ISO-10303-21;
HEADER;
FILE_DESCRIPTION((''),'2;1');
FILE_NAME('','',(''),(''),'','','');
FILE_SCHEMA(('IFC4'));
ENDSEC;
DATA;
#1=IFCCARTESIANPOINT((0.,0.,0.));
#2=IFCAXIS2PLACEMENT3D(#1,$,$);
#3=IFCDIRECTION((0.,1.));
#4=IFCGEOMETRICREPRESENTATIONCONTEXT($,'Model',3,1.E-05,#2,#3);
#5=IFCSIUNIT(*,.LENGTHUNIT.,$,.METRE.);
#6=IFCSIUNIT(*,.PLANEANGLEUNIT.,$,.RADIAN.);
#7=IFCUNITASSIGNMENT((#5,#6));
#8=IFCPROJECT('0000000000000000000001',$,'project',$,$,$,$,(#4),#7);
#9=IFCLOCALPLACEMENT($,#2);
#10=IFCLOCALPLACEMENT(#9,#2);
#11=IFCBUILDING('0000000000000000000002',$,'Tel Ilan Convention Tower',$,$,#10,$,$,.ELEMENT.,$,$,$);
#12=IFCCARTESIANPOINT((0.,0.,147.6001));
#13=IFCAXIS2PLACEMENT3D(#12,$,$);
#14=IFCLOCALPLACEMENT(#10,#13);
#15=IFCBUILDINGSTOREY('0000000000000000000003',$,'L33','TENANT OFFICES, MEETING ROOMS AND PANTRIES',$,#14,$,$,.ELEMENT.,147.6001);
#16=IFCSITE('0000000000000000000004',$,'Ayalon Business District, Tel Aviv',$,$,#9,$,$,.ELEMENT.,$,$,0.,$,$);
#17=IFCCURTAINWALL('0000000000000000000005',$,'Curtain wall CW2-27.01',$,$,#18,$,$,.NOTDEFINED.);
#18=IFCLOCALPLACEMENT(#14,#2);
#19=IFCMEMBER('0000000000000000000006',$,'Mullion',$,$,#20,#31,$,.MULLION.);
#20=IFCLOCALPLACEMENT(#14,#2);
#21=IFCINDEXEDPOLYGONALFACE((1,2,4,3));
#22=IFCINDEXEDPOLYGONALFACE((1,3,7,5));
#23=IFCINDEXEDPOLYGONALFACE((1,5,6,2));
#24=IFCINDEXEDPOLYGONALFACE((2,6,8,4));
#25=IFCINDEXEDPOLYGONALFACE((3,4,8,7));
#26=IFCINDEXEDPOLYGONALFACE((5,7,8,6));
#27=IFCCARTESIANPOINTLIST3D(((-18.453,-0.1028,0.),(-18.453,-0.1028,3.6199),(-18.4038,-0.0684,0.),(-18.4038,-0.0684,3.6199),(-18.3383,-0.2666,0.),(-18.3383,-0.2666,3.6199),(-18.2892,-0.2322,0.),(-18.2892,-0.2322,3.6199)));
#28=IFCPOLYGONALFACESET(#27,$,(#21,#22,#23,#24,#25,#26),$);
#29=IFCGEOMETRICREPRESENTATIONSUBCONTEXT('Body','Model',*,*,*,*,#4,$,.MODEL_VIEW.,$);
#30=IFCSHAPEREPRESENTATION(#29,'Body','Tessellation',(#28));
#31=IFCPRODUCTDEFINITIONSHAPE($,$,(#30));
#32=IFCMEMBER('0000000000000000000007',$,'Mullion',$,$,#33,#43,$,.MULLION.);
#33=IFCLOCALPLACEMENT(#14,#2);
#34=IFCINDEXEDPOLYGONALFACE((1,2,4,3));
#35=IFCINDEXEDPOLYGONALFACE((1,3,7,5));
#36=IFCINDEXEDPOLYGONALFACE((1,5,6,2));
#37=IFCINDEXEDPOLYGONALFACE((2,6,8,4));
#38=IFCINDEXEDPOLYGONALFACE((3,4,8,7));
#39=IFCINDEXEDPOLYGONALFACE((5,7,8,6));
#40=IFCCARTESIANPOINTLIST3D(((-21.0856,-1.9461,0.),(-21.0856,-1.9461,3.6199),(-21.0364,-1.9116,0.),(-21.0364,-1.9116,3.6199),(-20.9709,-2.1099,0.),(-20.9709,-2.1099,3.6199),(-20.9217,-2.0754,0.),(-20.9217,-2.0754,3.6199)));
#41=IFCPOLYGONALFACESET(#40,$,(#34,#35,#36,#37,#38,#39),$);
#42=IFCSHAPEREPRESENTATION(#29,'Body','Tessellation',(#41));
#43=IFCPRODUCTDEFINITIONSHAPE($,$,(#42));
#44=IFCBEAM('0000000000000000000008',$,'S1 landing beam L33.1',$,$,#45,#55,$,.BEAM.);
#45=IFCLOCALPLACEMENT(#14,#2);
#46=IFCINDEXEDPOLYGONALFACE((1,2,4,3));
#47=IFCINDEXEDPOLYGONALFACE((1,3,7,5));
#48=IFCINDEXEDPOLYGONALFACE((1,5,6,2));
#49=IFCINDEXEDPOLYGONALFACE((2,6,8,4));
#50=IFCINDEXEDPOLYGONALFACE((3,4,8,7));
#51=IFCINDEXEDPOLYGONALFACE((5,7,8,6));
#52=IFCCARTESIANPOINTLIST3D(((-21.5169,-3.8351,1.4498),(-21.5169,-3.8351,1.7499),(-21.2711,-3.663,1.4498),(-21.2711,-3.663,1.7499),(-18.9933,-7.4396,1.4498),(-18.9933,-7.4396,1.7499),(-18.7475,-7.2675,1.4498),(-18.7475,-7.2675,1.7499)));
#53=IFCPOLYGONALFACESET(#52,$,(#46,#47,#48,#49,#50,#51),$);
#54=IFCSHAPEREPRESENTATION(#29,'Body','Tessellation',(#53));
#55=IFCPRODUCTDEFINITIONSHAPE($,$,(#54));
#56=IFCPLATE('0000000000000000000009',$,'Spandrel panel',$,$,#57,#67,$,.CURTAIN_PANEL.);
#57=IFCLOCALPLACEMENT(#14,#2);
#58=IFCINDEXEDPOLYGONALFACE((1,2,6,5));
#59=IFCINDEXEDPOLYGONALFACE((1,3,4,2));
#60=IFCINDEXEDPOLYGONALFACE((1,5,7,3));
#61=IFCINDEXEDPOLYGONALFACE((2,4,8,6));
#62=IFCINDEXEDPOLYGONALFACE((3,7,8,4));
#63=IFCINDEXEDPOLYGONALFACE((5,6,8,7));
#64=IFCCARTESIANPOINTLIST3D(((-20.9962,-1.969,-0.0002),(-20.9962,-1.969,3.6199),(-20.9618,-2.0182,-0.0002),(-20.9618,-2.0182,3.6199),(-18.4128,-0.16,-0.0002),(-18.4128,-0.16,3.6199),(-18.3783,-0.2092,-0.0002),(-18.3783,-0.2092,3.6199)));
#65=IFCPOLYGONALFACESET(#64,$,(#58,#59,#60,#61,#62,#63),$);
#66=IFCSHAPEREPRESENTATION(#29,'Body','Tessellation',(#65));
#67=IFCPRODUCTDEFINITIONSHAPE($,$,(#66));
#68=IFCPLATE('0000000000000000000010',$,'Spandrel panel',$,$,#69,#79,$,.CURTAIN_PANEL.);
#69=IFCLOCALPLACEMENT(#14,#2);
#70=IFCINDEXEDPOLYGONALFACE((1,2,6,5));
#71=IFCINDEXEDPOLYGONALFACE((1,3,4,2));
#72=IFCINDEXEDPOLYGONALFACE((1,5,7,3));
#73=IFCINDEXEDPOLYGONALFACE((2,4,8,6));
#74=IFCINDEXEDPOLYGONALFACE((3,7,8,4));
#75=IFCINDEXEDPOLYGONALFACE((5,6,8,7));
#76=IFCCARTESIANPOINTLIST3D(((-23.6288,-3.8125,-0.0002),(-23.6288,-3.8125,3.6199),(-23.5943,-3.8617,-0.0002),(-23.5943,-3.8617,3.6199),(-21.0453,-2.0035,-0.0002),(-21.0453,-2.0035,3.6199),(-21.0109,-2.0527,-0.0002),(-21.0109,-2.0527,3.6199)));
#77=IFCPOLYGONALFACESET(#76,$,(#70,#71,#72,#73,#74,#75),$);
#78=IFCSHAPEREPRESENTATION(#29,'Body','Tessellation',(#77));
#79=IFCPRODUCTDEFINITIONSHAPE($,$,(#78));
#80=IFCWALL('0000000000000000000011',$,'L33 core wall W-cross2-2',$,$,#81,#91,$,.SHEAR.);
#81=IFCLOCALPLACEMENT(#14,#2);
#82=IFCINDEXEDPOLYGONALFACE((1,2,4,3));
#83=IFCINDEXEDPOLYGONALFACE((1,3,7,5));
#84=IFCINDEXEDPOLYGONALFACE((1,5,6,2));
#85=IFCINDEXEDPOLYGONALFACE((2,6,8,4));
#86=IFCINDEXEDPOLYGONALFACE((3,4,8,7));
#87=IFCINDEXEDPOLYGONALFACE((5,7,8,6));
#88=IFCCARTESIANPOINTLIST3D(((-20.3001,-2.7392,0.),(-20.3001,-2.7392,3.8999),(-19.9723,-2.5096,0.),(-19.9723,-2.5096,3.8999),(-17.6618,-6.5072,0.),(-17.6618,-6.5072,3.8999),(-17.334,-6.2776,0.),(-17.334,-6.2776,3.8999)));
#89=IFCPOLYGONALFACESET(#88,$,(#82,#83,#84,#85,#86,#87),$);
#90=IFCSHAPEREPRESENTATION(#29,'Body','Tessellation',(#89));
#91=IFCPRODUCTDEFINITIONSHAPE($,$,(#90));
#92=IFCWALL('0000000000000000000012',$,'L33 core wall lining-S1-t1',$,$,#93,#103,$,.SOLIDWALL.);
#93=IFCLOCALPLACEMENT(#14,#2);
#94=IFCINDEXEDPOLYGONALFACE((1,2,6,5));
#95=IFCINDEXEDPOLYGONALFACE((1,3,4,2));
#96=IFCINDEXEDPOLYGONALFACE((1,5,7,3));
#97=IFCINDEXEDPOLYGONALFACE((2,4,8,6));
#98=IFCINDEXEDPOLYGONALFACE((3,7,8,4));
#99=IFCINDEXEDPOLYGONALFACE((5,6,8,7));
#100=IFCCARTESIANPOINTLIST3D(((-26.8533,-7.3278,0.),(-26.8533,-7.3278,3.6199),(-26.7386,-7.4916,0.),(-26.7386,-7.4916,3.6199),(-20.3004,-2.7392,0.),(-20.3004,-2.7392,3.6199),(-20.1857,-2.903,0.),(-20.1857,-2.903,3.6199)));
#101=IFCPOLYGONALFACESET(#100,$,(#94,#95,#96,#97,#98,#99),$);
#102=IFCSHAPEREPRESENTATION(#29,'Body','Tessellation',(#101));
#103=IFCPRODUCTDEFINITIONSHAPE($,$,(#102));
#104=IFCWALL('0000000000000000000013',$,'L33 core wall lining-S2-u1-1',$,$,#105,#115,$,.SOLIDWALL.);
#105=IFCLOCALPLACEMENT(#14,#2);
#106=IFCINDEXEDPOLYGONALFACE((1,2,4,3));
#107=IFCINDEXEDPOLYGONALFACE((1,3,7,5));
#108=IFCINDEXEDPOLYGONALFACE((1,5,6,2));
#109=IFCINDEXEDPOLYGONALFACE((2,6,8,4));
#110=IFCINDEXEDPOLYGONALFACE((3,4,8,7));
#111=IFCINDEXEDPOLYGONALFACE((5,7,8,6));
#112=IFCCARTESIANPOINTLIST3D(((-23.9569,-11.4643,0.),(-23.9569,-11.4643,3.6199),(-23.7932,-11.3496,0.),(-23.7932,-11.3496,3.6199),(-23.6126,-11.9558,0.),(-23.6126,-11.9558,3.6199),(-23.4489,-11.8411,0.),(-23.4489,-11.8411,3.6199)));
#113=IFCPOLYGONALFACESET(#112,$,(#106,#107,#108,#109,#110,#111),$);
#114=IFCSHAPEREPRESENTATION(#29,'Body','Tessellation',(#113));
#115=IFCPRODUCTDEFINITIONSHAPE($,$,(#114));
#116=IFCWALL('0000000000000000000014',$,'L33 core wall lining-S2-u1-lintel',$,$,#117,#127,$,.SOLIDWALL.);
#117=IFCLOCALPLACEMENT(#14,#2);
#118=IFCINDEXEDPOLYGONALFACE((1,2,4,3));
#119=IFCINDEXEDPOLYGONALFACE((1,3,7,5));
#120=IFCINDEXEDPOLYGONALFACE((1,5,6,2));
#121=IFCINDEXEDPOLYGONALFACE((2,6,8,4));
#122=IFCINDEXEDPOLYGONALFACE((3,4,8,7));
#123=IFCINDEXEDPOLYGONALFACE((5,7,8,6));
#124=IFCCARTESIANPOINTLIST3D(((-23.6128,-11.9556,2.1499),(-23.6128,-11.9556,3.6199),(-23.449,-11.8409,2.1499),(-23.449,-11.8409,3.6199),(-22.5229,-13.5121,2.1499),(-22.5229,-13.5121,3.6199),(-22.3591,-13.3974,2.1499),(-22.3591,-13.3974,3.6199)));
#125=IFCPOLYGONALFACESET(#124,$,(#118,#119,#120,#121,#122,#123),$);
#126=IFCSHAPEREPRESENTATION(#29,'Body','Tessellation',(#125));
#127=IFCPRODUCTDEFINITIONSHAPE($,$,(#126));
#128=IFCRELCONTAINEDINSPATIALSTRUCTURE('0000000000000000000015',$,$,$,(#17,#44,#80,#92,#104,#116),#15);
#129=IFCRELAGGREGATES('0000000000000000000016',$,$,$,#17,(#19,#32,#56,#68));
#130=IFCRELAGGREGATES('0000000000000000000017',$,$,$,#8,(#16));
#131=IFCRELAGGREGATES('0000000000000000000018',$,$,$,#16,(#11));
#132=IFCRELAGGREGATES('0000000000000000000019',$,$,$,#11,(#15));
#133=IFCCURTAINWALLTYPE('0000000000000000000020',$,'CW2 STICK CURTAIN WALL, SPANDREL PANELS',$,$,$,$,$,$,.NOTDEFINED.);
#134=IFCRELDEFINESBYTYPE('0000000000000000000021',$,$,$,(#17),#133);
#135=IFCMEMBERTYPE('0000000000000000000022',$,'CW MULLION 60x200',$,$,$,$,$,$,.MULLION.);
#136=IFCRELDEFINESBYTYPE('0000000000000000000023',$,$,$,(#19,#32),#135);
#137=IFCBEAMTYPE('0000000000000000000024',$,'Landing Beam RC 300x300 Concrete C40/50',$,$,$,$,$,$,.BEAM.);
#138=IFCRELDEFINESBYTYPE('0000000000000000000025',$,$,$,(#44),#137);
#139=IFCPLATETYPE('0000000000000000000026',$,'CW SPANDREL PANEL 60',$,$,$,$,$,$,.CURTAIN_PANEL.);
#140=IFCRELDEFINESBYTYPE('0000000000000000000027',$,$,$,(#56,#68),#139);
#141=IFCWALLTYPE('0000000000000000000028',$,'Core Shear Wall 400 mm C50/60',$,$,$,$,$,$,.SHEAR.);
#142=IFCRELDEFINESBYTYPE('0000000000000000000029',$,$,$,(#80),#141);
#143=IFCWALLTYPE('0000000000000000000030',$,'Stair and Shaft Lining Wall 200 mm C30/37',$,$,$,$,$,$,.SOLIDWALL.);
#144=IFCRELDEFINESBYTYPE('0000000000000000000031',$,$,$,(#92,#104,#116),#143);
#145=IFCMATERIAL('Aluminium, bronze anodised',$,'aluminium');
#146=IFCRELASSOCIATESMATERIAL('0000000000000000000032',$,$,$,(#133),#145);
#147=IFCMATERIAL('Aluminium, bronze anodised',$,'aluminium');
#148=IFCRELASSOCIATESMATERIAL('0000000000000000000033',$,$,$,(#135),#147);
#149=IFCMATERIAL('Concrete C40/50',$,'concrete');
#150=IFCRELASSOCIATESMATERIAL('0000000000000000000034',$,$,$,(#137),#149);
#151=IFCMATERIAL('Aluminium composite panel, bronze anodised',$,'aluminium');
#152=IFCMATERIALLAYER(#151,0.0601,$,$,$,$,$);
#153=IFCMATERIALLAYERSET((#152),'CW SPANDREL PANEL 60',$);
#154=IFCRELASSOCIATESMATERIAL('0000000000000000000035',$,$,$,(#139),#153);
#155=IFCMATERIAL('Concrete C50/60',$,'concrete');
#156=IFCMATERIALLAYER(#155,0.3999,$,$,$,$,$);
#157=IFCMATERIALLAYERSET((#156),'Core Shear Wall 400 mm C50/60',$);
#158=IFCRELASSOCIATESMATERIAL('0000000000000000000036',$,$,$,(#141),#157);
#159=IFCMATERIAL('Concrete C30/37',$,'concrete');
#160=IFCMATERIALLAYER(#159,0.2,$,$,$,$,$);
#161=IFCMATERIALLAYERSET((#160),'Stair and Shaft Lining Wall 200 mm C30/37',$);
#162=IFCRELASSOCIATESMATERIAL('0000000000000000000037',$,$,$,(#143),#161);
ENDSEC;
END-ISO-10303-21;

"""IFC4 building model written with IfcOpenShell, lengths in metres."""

from ifc_helpers import new_model, si_unit, direction, frame, frame_2d, origin, origin_2d, place, context, subcontext, project, spatial, polyline, rectangle, outline, extrude, material, layer, layer_set, material_profile, profile_set, type_object, element, aggregate, save


model = new_model("IFC4")

# Units and contexts
model_context = context("Model", 3, precision=1e-05, world=origin(), true_north=direction((0.0, 1.0)))
body_context = subcontext(model_context, "Body", "Model", "MODEL_VIEW")
ifc_project = project(units=[si_unit("LENGTHUNIT", "METRE"), si_unit("PLANEANGLEUNIT", "RADIAN")], contexts=[model_context])

# Site, building, storey
site_placement = place(None, origin())
site = spatial("IfcSite", under=ifc_project, at=site_placement, Name="Ayalon Business District, Tel Aviv", CompositionType="ELEMENT", RefElevation=0.0)
building_placement = place(site_placement, origin())
building = spatial("IfcBuilding", under=site, at=building_placement, Name="Tel Ilan Convention Tower", CompositionType="ELEMENT")
storey_placement = place(building_placement, frame((0.0, 0.0, 147.6001)))
storey = spatial("IfcBuildingStorey", under=building, at=storey_placement, Name="L33", Description="TENANT OFFICES, MEETING ROOMS AND PANTRIES", CompositionType="ELEMENT", Elevation=147.6001)

# Curtain wall, members
ifc_material_1 = material(Name="Aluminium, bronze anodised", Category="aluminium")
curtain_wall_type = type_object("IfcCurtainWallType", Name="CW2 STICK CURTAIN WALL, SPANDREL PANELS", PredefinedType="NOTDEFINED", material=ifc_material_1)
curtain_wall_placement = place(storey_placement, origin())
curtain_wall = element("IfcCurtainWall", 1, at=curtain_wall_placement, inside=storey, type_object=curtain_wall_type, Name="Curtain wall CW2-27.01", PredefinedType="NOTDEFINED")
ifc_material_2 = material(Name="Aluminium, bronze anodised", Category="aluminium")
ifc_material_profile_1 = material_profile(ifc_material_2, rectangle(XDim=0.0601, YDim=0.2, at=origin_2d()), Name="CW MULLION 60x200")
ifc_profile_set_1 = profile_set([ifc_material_profile_1], Name="Aluminium, bronze anodised")
member_type = type_object("IfcMemberType", Name="CW MULLION 60x200", PredefinedType="MULLION", material=ifc_profile_set_1)
member_1_placement = place(storey_placement, frame((-18.3711, -0.1675, 0.0), z_axis=(0.0, 0.0, 1.0), x_axis=(-0.819152, -0.573576, 0.0)))
member_1 = element("IfcMember", 2, at=member_1_placement, type_object=member_type, Name="Mullion", PredefinedType="MULLION", context=body_context, shape_type="SweptSolid", body=[
    extrude(rectangle(XDim=0.0601, YDim=0.2, at=origin_2d()), origin(), (0.0, 0.0, 1.0), 3.6199),
])
member_2_placement = place(storey_placement, frame((-21.0037, -2.0107, 0.0), z_axis=(0.0, 0.0, 1.0), x_axis=(-0.819152, -0.573576, 0.0)))
member_2 = element("IfcMember", 3, at=member_2_placement, type_object=member_type, Name="Mullion", PredefinedType="MULLION", context=body_context, shape_type="SweptSolid", body=[
    extrude(rectangle(XDim=0.0601, YDim=0.2, at=origin_2d()), origin(), (0.0, 0.0, 1.0), 3.6199),
])

# Beam
ifc_material_3 = material(Name="Concrete C40/50", Category="concrete")
ifc_material_profile_2 = material_profile(ifc_material_3, rectangle(XDim=0.3, YDim=0.3, at=origin_2d()), Name="RC 300x300")
ifc_profile_set_2 = profile_set([ifc_material_profile_2], Name="Concrete C40/50")
beam_type = type_object("IfcBeamType", Name="Landing Beam RC 300x300 Concrete C40/50", PredefinedType="BEAM", material=ifc_profile_set_2)
beam_placement = place(storey_placement, frame((-18.8704, -7.3535, 1.5999), z_axis=(-0.573544, 0.819175, 0.0), x_axis=(-0.819175, -0.573544, 0.0)))
element("IfcBeam", 4, at=beam_placement, inside=storey, type_object=beam_type, Name="S1 landing beam L33.1", PredefinedType="BEAM", context=body_context, shape_type="SweptSolid", body=[
    extrude(rectangle(XDim=0.3, YDim=0.3, at=origin_2d()), origin(), (0.0, 0.0, 1.0), 4.4001),
])

# Plates
ifc_material_4 = material(Name="Aluminium composite panel, bronze anodised", Category="aluminium")
ifc_layer_1 = layer(ifc_material_4, 0.0601)
ifc_layer_set_1 = layer_set([ifc_layer_1], Name="CW SPANDREL PANEL 60")
plate_type = type_object("IfcPlateType", Name="CW SPANDREL PANEL 60", PredefinedType="CURTAIN_PANEL", material=ifc_layer_set_1)
plate_1_placement = place(storey_placement, frame((-19.6873, -1.0891, -0.0002), z_axis=(0.0, 0.0, 1.0), x_axis=(-0.819152, -0.573576, 0.0)))
plate_1 = element("IfcPlate", 5, at=plate_1_placement, type_object=plate_type, Name="Spandrel panel", PredefinedType="CURTAIN_PANEL", context=body_context, shape_type="SweptSolid", body=[
    extrude(rectangle(XDim=3.1538, YDim=0.0601, at=origin_2d()), origin(), (0.0, 0.0, 1.0), 3.6201),
])
plate_2_placement = place(storey_placement, frame((-22.3198, -2.9326, -0.0002), z_axis=(0.0, 0.0, 1.0), x_axis=(-0.819152, -0.573576, 0.0)))
plate_2 = element("IfcPlate", 6, at=plate_2_placement, type_object=plate_type, Name="Spandrel panel", PredefinedType="CURTAIN_PANEL", context=body_context, shape_type="SweptSolid", body=[
    extrude(rectangle(XDim=3.1538, YDim=0.0601, at=origin_2d()), origin(), (0.0, 0.0, 1.0), 3.6201),
])
aggregate(curtain_wall, [member_1, member_2, plate_1, plate_2])

# Walls
ifc_material_5 = material(Name="Concrete C50/60", Category="concrete")
ifc_layer_2 = layer(ifc_material_5, 0.3999)
ifc_layer_set_2 = layer_set([ifc_layer_2], Name="Core Shear Wall 400 mm C50/60")
wall_type_1 = type_object("IfcWallType", Name="Core Shear Wall 400 mm C50/60", PredefinedType="SHEAR", material=ifc_layer_set_2)
wall_1_placement = place(storey_placement, frame((-17.4978, -6.3923, 0.0), z_axis=(0.0, 0.0, 1.0), x_axis=(-0.573612, 0.819127, 0.0)))
element("IfcWall", 7, at=wall_1_placement, inside=storey, type_object=wall_type_1, Name="L33 core wall W-cross2-2", PredefinedType="SHEAR", context=body_context, shape_type="SweptSolid", body=[
    extrude(outline(polyline([(4.5999, -0.2002), (4.5999, 0.2), (0.0, 0.2002), (0.0, -0.2), (4.5999, -0.2002)])), origin(), (0.0, 0.0, 1.0), 3.8999),
])
ifc_material_6 = material(Name="Concrete C30/37", Category="concrete")
ifc_layer_3 = layer(ifc_material_6, 0.2)
ifc_layer_set_3 = layer_set([ifc_layer_3], Name="Stair and Shaft Lining Wall 200 mm C30/37")
wall_type_2 = type_object("IfcWallType", Name="Stair and Shaft Lining Wall 200 mm C30/37", PredefinedType="SOLIDWALL", material=ifc_layer_set_3)
wall_2_placement = place(storey_placement, frame((-20.2429, -2.821, 0.0), z_axis=(0.0, 0.0, 1.0), x_axis=(-0.819142, -0.573591, 0.0)))
element("IfcWall", 8, at=wall_2_placement, inside=storey, type_object=wall_type_2, Name="L33 core wall lining-S1-t1", PredefinedType="SOLIDWALL", context=body_context, shape_type="SweptSolid", body=[
    extrude(rectangle(XDim=7.9998, YDim=0.2, at=frame_2d((4.0, 0.0))), origin(), (0.0, 0.0, 1.0), 3.6199),
])
wall_3_placement = place(storey_placement, frame((-23.5308, -11.8984, 0.0), z_axis=(0.0, 0.0, 1.0), x_axis=(-0.573708, 0.81906, 0.0)))
element("IfcWall", 9, at=wall_3_placement, inside=storey, type_object=wall_type_2, Name="L33 core wall lining-S2-u1-1", PredefinedType="SOLIDWALL", context=body_context, shape_type="SweptSolid", body=[
    extrude(rectangle(XDim=0.6001, YDim=0.2, at=frame_2d((0.3, 0.0))), origin(), (0.0, 0.0, 1.0), 3.6199),
])
wall_4_placement = place(storey_placement, frame((-22.4409, -13.4548, 2.1499), z_axis=(0.0, 0.0, 1.0), x_axis=(-0.573592, 0.819141, 0.0)))
element("IfcWall", 10, at=wall_4_placement, inside=storey, type_object=wall_type_2, Name="L33 core wall lining-S2-u1-lintel", PredefinedType="SOLIDWALL", context=body_context, shape_type="SweptSolid", body=[
    extrude(rectangle(XDim=1.9001, YDim=0.2, at=frame_2d((0.9502, 0.0))), origin(), (0.0, 0.0, 1.0), 1.47),
])

save(model, "model.ifc")
